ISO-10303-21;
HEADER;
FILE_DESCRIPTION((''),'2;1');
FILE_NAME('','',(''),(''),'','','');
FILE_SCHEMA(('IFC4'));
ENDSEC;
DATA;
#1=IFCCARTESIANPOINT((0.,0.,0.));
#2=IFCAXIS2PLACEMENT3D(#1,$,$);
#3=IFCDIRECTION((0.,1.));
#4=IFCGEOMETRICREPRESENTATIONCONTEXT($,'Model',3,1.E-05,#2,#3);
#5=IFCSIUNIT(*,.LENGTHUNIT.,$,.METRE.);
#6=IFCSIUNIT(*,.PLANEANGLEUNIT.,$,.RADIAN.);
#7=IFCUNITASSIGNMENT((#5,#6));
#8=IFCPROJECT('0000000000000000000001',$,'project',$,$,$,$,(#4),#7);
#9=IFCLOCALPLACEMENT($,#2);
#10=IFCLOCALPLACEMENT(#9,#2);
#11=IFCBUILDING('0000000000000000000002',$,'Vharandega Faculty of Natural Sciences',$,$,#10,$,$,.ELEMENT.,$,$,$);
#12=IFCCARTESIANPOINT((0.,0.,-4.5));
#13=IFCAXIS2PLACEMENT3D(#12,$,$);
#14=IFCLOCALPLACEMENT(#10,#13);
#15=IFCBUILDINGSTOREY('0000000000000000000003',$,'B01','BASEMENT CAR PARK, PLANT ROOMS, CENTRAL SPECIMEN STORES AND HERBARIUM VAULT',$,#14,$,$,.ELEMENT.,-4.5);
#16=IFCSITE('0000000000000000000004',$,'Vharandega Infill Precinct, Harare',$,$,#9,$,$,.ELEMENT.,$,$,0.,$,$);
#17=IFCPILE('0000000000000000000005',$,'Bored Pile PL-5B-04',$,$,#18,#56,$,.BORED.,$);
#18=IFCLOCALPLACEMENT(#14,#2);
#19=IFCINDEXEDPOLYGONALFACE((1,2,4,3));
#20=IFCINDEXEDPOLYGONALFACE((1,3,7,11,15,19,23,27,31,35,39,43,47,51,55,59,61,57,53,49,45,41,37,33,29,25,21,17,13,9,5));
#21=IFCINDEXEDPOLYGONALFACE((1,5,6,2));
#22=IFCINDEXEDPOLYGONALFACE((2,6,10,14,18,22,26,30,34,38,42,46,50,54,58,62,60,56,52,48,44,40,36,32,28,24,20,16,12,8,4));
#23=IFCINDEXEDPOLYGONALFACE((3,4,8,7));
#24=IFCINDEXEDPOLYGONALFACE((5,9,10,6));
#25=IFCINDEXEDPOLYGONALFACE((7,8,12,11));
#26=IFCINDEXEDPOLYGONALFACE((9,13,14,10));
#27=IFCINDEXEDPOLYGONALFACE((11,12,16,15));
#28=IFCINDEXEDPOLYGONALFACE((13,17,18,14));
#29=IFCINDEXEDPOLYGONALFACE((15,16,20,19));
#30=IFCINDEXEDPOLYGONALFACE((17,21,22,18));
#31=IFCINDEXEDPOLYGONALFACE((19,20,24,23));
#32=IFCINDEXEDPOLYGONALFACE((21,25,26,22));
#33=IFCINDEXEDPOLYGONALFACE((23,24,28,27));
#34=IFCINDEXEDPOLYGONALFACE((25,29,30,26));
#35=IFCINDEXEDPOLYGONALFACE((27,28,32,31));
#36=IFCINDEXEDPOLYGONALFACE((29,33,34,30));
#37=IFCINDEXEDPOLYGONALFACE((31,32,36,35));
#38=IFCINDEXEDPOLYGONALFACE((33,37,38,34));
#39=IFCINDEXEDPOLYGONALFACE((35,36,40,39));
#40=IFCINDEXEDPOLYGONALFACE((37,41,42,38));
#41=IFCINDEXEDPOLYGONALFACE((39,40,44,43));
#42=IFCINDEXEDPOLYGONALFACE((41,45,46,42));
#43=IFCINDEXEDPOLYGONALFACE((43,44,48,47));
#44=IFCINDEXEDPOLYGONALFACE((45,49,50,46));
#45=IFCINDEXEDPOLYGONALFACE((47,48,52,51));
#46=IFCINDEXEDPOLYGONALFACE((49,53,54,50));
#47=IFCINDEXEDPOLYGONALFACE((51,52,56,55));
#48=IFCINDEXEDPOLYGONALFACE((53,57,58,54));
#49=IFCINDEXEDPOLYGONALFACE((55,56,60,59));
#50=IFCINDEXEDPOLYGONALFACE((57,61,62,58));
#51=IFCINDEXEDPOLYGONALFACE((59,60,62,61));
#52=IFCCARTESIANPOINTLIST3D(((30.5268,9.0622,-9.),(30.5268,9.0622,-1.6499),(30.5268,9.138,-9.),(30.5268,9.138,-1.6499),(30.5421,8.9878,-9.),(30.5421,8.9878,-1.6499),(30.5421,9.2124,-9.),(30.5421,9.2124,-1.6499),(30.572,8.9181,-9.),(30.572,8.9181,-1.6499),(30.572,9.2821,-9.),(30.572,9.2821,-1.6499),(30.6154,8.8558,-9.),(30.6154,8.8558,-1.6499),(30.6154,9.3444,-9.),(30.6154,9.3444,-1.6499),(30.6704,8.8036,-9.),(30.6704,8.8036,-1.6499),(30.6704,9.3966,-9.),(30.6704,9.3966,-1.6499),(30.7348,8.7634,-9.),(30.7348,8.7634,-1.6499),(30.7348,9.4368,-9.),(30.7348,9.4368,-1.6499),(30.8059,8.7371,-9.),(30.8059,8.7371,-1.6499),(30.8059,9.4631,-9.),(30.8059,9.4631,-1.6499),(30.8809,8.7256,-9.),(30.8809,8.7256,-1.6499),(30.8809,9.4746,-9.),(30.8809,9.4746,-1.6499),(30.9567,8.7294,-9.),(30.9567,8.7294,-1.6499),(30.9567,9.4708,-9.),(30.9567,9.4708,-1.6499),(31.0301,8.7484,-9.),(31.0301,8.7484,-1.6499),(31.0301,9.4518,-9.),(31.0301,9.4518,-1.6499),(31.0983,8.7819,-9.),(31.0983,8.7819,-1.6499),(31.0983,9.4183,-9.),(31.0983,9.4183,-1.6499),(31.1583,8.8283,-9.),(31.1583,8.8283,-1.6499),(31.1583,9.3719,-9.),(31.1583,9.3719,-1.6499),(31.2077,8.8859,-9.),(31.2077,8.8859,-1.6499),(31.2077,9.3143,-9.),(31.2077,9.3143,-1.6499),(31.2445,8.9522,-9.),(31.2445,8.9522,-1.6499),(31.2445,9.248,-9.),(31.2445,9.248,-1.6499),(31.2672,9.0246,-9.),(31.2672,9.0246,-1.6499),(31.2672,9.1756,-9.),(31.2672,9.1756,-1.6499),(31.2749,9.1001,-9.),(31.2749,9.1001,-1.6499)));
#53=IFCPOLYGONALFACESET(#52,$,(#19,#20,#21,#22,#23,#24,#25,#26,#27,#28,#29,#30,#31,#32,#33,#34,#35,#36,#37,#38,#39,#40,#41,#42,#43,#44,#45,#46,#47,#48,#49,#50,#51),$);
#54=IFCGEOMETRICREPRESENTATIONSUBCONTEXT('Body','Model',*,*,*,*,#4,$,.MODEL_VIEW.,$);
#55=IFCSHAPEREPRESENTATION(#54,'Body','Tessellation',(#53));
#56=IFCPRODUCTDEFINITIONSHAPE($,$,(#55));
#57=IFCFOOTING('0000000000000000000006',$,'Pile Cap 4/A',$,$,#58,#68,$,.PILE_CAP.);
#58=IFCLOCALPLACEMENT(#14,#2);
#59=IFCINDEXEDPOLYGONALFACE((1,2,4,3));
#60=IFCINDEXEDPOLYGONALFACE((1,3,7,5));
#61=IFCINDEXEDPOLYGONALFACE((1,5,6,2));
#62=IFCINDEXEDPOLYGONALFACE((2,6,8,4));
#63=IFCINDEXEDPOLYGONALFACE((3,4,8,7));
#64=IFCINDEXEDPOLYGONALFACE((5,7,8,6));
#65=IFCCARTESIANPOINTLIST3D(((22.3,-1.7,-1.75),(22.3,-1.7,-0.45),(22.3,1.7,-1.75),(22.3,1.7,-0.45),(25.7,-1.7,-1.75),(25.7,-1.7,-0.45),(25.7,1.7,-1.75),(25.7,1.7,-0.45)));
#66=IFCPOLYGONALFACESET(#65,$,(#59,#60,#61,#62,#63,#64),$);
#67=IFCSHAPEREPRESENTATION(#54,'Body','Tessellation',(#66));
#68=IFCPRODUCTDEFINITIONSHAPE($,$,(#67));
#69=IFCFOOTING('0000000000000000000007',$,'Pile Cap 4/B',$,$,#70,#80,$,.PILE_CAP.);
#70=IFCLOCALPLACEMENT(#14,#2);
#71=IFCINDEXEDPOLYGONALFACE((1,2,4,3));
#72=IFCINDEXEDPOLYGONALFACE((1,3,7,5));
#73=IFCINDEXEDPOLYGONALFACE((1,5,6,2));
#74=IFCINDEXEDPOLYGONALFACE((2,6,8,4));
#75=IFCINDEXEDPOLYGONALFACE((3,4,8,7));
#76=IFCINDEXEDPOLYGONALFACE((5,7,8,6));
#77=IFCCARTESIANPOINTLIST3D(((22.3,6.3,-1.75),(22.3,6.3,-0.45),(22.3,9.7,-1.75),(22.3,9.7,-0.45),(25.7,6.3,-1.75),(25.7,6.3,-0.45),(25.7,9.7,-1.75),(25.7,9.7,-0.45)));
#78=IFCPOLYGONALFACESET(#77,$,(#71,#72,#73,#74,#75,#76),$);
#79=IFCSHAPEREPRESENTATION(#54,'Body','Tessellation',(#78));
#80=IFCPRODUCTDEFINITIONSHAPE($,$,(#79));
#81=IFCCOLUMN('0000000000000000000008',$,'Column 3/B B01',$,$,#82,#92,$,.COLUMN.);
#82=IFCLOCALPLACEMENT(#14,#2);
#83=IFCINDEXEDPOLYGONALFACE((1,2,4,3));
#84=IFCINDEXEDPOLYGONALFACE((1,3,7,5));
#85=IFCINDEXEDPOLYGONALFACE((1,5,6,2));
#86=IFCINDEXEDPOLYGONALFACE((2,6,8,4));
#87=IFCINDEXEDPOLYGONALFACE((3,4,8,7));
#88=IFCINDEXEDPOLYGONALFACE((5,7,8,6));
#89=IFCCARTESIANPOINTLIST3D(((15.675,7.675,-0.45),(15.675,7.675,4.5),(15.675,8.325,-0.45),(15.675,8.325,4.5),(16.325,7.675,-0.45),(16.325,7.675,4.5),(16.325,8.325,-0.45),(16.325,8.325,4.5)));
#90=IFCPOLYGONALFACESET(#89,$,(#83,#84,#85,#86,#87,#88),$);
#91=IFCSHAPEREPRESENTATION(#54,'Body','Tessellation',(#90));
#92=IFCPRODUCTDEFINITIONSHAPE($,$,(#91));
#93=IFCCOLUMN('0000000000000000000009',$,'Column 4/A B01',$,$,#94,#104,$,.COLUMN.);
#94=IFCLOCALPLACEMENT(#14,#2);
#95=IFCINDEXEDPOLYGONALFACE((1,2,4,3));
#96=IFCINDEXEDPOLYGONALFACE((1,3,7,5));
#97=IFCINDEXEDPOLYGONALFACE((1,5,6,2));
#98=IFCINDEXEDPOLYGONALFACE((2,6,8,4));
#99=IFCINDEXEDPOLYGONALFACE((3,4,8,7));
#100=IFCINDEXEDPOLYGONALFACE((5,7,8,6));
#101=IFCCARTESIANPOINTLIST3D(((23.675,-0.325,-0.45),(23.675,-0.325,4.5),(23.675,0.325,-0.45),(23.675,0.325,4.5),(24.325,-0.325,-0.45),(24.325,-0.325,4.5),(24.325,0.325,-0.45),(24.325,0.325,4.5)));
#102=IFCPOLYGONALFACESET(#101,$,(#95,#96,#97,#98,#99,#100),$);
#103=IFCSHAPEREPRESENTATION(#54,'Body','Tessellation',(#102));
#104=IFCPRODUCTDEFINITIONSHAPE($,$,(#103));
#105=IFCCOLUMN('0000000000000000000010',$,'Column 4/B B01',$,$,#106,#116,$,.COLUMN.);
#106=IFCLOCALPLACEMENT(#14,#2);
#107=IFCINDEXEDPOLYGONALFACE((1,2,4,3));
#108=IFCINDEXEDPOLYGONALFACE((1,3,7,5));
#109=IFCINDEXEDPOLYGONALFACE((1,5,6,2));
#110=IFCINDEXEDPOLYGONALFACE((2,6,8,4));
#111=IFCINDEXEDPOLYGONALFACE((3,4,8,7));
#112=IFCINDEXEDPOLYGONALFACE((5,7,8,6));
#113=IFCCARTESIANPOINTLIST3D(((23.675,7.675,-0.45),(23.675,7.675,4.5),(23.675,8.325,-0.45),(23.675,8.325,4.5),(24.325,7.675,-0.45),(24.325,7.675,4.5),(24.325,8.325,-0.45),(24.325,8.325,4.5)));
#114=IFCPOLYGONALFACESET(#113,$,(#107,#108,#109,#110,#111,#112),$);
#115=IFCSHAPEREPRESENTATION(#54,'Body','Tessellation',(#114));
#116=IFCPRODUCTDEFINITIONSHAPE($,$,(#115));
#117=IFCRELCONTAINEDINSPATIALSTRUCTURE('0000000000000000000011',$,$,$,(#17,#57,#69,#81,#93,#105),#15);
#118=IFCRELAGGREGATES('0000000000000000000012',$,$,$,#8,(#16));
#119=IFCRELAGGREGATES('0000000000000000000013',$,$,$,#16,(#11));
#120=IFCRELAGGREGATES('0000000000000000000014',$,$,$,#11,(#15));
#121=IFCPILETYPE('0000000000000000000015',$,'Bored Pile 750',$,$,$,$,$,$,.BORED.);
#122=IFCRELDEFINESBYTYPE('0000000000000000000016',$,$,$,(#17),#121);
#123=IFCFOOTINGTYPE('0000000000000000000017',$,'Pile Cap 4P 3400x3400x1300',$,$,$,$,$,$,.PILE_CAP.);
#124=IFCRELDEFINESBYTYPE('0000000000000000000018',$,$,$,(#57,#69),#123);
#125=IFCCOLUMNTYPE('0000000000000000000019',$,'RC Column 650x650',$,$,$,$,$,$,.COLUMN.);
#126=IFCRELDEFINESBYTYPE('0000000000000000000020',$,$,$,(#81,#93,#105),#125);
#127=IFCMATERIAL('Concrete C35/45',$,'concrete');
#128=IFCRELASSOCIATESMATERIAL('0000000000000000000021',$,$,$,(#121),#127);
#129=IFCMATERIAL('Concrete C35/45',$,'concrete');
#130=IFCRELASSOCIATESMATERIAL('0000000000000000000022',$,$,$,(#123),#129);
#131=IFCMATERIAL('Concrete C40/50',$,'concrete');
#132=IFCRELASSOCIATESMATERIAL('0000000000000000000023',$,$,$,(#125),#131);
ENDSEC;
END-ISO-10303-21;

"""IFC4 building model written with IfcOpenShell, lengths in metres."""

from ifc_helpers import new_model, si_unit, direction, frame, origin, origin_2d, place, context, subcontext, project, spatial, rectangle, circle, extrude, material, material_profile, profile_set, type_object, element, save


model = new_model("IFC4")

# Units and contexts
model_context = context("Model", 3, precision=1e-05, world=origin(), true_north=direction((0.0, 1.0)))
body_context = subcontext(model_context, "Body", "Model", "MODEL_VIEW")
ifc_project = project(units=[si_unit("LENGTHUNIT", "METRE"), si_unit("PLANEANGLEUNIT", "RADIAN")], contexts=[model_context])

# Site, building, storey
site_placement = place(None, origin())
site = spatial("IfcSite", under=ifc_project, at=site_placement, Name="Vharandega Infill Precinct, Harare", CompositionType="ELEMENT", RefElevation=0.0)
building_placement = place(site_placement, origin())
building = spatial("IfcBuilding", under=site, at=building_placement, Name="Vharandega Faculty of Natural Sciences", CompositionType="ELEMENT")
storey_placement = place(building_placement, frame((0.0, 0.0, -4.5)))
storey = spatial("IfcBuildingStorey", under=building, at=storey_placement, Name="B01", Description="BASEMENT CAR PARK, PLANT ROOMS, CENTRAL SPECIMEN STORES AND HERBARIUM VAULT", CompositionType="ELEMENT", Elevation=-4.5)

# Pile
ifc_material_1 = material(Name="Concrete C35/45", Category="concrete")
ifc_material_profile_1 = material_profile(ifc_material_1, circle(Radius=0.375, at=origin_2d()), Name="PILE 750")
ifc_profile_set_1 = profile_set([ifc_material_profile_1], Name="Concrete C35/45")
pile_type = type_object("IfcPileType", Name="Bored Pile 750", PredefinedType="BORED", material=ifc_profile_set_1)
for number, where, z_axis, x_axis, name in (
    (1, (30.8999, 9.1001, -1.6499), (0.0, 0.0, -1.0), (1.0, 0.0, 0.0), "Bored Pile PL-5B-04"),
):
    element("IfcPile", number, at=place(storey_placement, frame(where, z_axis=z_axis, x_axis=x_axis)), inside=storey, type_object=pile_type, Name=name, PredefinedType="BORED", context=body_context, shape_type="SweptSolid", body=[
        extrude(circle(Radius=0.375, at=origin_2d()), origin(), (0.0, 0.0, 1.0), 7.3501),
    ])

# Footings
ifc_material_2 = material(Name="Concrete C35/45", Category="concrete")
footing_type = type_object("IfcFootingType", Name="Pile Cap 4P 3400x3400x1300", PredefinedType="PILE_CAP", material=ifc_material_2)
for number, where, z_axis, x_axis, name in (
    (2, (24.0, 0.0, -1.75), (0.0, 0.0, 1.0), (1.0, 0.0, 0.0), "Pile Cap 4/A"),
    (3, (24.0, 8.0, -1.75), (0.0, 0.0, 1.0), (1.0, 0.0, 0.0), "Pile Cap 4/B"),
):
    element("IfcFooting", number, at=place(storey_placement, frame(where, z_axis=z_axis, x_axis=x_axis)), inside=storey, type_object=footing_type, Name=name, PredefinedType="PILE_CAP", context=body_context, shape_type="SweptSolid", body=[
        extrude(rectangle(XDim=3.3999, YDim=3.3999, at=origin_2d()), origin(), (0.0, 0.0, 1.0), 1.3),
    ])

# Columns
ifc_material_3 = material(Name="Concrete C40/50", Category="concrete")
ifc_material_profile_2 = material_profile(ifc_material_3, rectangle(XDim=0.6499, YDim=0.6499, at=origin_2d()), Name="RC 650x650")
ifc_profile_set_2 = profile_set([ifc_material_profile_2], Name="Concrete C40/50")
column_type = type_object("IfcColumnType", Name="RC Column 650x650", PredefinedType="COLUMN", material=ifc_profile_set_2)
for number, where, z_axis, x_axis, name in (
    (4, (16.0, 8.0, -0.45), (0.0, 0.0, 1.0), (1.0, 0.0, 0.0), "Column 3/B B01"),
    (5, (24.0, 0.0, -0.45), (0.0, 0.0, 1.0), (1.0, 0.0, 0.0), "Column 4/A B01"),
    (6, (24.0, 8.0, -0.45), (0.0, 0.0, 1.0), (1.0, 0.0, 0.0), "Column 4/B B01"),
):
    element("IfcColumn", number, at=place(storey_placement, frame(where, z_axis=z_axis, x_axis=x_axis)), inside=storey, type_object=column_type, Name=name, PredefinedType="COLUMN", context=body_context, shape_type="SweptSolid", body=[
        extrude(rectangle(XDim=0.6499, YDim=0.6499, at=origin_2d()), origin(), (0.0, 0.0, 1.0), 4.95),
    ])

save(model, "model.ifc")
